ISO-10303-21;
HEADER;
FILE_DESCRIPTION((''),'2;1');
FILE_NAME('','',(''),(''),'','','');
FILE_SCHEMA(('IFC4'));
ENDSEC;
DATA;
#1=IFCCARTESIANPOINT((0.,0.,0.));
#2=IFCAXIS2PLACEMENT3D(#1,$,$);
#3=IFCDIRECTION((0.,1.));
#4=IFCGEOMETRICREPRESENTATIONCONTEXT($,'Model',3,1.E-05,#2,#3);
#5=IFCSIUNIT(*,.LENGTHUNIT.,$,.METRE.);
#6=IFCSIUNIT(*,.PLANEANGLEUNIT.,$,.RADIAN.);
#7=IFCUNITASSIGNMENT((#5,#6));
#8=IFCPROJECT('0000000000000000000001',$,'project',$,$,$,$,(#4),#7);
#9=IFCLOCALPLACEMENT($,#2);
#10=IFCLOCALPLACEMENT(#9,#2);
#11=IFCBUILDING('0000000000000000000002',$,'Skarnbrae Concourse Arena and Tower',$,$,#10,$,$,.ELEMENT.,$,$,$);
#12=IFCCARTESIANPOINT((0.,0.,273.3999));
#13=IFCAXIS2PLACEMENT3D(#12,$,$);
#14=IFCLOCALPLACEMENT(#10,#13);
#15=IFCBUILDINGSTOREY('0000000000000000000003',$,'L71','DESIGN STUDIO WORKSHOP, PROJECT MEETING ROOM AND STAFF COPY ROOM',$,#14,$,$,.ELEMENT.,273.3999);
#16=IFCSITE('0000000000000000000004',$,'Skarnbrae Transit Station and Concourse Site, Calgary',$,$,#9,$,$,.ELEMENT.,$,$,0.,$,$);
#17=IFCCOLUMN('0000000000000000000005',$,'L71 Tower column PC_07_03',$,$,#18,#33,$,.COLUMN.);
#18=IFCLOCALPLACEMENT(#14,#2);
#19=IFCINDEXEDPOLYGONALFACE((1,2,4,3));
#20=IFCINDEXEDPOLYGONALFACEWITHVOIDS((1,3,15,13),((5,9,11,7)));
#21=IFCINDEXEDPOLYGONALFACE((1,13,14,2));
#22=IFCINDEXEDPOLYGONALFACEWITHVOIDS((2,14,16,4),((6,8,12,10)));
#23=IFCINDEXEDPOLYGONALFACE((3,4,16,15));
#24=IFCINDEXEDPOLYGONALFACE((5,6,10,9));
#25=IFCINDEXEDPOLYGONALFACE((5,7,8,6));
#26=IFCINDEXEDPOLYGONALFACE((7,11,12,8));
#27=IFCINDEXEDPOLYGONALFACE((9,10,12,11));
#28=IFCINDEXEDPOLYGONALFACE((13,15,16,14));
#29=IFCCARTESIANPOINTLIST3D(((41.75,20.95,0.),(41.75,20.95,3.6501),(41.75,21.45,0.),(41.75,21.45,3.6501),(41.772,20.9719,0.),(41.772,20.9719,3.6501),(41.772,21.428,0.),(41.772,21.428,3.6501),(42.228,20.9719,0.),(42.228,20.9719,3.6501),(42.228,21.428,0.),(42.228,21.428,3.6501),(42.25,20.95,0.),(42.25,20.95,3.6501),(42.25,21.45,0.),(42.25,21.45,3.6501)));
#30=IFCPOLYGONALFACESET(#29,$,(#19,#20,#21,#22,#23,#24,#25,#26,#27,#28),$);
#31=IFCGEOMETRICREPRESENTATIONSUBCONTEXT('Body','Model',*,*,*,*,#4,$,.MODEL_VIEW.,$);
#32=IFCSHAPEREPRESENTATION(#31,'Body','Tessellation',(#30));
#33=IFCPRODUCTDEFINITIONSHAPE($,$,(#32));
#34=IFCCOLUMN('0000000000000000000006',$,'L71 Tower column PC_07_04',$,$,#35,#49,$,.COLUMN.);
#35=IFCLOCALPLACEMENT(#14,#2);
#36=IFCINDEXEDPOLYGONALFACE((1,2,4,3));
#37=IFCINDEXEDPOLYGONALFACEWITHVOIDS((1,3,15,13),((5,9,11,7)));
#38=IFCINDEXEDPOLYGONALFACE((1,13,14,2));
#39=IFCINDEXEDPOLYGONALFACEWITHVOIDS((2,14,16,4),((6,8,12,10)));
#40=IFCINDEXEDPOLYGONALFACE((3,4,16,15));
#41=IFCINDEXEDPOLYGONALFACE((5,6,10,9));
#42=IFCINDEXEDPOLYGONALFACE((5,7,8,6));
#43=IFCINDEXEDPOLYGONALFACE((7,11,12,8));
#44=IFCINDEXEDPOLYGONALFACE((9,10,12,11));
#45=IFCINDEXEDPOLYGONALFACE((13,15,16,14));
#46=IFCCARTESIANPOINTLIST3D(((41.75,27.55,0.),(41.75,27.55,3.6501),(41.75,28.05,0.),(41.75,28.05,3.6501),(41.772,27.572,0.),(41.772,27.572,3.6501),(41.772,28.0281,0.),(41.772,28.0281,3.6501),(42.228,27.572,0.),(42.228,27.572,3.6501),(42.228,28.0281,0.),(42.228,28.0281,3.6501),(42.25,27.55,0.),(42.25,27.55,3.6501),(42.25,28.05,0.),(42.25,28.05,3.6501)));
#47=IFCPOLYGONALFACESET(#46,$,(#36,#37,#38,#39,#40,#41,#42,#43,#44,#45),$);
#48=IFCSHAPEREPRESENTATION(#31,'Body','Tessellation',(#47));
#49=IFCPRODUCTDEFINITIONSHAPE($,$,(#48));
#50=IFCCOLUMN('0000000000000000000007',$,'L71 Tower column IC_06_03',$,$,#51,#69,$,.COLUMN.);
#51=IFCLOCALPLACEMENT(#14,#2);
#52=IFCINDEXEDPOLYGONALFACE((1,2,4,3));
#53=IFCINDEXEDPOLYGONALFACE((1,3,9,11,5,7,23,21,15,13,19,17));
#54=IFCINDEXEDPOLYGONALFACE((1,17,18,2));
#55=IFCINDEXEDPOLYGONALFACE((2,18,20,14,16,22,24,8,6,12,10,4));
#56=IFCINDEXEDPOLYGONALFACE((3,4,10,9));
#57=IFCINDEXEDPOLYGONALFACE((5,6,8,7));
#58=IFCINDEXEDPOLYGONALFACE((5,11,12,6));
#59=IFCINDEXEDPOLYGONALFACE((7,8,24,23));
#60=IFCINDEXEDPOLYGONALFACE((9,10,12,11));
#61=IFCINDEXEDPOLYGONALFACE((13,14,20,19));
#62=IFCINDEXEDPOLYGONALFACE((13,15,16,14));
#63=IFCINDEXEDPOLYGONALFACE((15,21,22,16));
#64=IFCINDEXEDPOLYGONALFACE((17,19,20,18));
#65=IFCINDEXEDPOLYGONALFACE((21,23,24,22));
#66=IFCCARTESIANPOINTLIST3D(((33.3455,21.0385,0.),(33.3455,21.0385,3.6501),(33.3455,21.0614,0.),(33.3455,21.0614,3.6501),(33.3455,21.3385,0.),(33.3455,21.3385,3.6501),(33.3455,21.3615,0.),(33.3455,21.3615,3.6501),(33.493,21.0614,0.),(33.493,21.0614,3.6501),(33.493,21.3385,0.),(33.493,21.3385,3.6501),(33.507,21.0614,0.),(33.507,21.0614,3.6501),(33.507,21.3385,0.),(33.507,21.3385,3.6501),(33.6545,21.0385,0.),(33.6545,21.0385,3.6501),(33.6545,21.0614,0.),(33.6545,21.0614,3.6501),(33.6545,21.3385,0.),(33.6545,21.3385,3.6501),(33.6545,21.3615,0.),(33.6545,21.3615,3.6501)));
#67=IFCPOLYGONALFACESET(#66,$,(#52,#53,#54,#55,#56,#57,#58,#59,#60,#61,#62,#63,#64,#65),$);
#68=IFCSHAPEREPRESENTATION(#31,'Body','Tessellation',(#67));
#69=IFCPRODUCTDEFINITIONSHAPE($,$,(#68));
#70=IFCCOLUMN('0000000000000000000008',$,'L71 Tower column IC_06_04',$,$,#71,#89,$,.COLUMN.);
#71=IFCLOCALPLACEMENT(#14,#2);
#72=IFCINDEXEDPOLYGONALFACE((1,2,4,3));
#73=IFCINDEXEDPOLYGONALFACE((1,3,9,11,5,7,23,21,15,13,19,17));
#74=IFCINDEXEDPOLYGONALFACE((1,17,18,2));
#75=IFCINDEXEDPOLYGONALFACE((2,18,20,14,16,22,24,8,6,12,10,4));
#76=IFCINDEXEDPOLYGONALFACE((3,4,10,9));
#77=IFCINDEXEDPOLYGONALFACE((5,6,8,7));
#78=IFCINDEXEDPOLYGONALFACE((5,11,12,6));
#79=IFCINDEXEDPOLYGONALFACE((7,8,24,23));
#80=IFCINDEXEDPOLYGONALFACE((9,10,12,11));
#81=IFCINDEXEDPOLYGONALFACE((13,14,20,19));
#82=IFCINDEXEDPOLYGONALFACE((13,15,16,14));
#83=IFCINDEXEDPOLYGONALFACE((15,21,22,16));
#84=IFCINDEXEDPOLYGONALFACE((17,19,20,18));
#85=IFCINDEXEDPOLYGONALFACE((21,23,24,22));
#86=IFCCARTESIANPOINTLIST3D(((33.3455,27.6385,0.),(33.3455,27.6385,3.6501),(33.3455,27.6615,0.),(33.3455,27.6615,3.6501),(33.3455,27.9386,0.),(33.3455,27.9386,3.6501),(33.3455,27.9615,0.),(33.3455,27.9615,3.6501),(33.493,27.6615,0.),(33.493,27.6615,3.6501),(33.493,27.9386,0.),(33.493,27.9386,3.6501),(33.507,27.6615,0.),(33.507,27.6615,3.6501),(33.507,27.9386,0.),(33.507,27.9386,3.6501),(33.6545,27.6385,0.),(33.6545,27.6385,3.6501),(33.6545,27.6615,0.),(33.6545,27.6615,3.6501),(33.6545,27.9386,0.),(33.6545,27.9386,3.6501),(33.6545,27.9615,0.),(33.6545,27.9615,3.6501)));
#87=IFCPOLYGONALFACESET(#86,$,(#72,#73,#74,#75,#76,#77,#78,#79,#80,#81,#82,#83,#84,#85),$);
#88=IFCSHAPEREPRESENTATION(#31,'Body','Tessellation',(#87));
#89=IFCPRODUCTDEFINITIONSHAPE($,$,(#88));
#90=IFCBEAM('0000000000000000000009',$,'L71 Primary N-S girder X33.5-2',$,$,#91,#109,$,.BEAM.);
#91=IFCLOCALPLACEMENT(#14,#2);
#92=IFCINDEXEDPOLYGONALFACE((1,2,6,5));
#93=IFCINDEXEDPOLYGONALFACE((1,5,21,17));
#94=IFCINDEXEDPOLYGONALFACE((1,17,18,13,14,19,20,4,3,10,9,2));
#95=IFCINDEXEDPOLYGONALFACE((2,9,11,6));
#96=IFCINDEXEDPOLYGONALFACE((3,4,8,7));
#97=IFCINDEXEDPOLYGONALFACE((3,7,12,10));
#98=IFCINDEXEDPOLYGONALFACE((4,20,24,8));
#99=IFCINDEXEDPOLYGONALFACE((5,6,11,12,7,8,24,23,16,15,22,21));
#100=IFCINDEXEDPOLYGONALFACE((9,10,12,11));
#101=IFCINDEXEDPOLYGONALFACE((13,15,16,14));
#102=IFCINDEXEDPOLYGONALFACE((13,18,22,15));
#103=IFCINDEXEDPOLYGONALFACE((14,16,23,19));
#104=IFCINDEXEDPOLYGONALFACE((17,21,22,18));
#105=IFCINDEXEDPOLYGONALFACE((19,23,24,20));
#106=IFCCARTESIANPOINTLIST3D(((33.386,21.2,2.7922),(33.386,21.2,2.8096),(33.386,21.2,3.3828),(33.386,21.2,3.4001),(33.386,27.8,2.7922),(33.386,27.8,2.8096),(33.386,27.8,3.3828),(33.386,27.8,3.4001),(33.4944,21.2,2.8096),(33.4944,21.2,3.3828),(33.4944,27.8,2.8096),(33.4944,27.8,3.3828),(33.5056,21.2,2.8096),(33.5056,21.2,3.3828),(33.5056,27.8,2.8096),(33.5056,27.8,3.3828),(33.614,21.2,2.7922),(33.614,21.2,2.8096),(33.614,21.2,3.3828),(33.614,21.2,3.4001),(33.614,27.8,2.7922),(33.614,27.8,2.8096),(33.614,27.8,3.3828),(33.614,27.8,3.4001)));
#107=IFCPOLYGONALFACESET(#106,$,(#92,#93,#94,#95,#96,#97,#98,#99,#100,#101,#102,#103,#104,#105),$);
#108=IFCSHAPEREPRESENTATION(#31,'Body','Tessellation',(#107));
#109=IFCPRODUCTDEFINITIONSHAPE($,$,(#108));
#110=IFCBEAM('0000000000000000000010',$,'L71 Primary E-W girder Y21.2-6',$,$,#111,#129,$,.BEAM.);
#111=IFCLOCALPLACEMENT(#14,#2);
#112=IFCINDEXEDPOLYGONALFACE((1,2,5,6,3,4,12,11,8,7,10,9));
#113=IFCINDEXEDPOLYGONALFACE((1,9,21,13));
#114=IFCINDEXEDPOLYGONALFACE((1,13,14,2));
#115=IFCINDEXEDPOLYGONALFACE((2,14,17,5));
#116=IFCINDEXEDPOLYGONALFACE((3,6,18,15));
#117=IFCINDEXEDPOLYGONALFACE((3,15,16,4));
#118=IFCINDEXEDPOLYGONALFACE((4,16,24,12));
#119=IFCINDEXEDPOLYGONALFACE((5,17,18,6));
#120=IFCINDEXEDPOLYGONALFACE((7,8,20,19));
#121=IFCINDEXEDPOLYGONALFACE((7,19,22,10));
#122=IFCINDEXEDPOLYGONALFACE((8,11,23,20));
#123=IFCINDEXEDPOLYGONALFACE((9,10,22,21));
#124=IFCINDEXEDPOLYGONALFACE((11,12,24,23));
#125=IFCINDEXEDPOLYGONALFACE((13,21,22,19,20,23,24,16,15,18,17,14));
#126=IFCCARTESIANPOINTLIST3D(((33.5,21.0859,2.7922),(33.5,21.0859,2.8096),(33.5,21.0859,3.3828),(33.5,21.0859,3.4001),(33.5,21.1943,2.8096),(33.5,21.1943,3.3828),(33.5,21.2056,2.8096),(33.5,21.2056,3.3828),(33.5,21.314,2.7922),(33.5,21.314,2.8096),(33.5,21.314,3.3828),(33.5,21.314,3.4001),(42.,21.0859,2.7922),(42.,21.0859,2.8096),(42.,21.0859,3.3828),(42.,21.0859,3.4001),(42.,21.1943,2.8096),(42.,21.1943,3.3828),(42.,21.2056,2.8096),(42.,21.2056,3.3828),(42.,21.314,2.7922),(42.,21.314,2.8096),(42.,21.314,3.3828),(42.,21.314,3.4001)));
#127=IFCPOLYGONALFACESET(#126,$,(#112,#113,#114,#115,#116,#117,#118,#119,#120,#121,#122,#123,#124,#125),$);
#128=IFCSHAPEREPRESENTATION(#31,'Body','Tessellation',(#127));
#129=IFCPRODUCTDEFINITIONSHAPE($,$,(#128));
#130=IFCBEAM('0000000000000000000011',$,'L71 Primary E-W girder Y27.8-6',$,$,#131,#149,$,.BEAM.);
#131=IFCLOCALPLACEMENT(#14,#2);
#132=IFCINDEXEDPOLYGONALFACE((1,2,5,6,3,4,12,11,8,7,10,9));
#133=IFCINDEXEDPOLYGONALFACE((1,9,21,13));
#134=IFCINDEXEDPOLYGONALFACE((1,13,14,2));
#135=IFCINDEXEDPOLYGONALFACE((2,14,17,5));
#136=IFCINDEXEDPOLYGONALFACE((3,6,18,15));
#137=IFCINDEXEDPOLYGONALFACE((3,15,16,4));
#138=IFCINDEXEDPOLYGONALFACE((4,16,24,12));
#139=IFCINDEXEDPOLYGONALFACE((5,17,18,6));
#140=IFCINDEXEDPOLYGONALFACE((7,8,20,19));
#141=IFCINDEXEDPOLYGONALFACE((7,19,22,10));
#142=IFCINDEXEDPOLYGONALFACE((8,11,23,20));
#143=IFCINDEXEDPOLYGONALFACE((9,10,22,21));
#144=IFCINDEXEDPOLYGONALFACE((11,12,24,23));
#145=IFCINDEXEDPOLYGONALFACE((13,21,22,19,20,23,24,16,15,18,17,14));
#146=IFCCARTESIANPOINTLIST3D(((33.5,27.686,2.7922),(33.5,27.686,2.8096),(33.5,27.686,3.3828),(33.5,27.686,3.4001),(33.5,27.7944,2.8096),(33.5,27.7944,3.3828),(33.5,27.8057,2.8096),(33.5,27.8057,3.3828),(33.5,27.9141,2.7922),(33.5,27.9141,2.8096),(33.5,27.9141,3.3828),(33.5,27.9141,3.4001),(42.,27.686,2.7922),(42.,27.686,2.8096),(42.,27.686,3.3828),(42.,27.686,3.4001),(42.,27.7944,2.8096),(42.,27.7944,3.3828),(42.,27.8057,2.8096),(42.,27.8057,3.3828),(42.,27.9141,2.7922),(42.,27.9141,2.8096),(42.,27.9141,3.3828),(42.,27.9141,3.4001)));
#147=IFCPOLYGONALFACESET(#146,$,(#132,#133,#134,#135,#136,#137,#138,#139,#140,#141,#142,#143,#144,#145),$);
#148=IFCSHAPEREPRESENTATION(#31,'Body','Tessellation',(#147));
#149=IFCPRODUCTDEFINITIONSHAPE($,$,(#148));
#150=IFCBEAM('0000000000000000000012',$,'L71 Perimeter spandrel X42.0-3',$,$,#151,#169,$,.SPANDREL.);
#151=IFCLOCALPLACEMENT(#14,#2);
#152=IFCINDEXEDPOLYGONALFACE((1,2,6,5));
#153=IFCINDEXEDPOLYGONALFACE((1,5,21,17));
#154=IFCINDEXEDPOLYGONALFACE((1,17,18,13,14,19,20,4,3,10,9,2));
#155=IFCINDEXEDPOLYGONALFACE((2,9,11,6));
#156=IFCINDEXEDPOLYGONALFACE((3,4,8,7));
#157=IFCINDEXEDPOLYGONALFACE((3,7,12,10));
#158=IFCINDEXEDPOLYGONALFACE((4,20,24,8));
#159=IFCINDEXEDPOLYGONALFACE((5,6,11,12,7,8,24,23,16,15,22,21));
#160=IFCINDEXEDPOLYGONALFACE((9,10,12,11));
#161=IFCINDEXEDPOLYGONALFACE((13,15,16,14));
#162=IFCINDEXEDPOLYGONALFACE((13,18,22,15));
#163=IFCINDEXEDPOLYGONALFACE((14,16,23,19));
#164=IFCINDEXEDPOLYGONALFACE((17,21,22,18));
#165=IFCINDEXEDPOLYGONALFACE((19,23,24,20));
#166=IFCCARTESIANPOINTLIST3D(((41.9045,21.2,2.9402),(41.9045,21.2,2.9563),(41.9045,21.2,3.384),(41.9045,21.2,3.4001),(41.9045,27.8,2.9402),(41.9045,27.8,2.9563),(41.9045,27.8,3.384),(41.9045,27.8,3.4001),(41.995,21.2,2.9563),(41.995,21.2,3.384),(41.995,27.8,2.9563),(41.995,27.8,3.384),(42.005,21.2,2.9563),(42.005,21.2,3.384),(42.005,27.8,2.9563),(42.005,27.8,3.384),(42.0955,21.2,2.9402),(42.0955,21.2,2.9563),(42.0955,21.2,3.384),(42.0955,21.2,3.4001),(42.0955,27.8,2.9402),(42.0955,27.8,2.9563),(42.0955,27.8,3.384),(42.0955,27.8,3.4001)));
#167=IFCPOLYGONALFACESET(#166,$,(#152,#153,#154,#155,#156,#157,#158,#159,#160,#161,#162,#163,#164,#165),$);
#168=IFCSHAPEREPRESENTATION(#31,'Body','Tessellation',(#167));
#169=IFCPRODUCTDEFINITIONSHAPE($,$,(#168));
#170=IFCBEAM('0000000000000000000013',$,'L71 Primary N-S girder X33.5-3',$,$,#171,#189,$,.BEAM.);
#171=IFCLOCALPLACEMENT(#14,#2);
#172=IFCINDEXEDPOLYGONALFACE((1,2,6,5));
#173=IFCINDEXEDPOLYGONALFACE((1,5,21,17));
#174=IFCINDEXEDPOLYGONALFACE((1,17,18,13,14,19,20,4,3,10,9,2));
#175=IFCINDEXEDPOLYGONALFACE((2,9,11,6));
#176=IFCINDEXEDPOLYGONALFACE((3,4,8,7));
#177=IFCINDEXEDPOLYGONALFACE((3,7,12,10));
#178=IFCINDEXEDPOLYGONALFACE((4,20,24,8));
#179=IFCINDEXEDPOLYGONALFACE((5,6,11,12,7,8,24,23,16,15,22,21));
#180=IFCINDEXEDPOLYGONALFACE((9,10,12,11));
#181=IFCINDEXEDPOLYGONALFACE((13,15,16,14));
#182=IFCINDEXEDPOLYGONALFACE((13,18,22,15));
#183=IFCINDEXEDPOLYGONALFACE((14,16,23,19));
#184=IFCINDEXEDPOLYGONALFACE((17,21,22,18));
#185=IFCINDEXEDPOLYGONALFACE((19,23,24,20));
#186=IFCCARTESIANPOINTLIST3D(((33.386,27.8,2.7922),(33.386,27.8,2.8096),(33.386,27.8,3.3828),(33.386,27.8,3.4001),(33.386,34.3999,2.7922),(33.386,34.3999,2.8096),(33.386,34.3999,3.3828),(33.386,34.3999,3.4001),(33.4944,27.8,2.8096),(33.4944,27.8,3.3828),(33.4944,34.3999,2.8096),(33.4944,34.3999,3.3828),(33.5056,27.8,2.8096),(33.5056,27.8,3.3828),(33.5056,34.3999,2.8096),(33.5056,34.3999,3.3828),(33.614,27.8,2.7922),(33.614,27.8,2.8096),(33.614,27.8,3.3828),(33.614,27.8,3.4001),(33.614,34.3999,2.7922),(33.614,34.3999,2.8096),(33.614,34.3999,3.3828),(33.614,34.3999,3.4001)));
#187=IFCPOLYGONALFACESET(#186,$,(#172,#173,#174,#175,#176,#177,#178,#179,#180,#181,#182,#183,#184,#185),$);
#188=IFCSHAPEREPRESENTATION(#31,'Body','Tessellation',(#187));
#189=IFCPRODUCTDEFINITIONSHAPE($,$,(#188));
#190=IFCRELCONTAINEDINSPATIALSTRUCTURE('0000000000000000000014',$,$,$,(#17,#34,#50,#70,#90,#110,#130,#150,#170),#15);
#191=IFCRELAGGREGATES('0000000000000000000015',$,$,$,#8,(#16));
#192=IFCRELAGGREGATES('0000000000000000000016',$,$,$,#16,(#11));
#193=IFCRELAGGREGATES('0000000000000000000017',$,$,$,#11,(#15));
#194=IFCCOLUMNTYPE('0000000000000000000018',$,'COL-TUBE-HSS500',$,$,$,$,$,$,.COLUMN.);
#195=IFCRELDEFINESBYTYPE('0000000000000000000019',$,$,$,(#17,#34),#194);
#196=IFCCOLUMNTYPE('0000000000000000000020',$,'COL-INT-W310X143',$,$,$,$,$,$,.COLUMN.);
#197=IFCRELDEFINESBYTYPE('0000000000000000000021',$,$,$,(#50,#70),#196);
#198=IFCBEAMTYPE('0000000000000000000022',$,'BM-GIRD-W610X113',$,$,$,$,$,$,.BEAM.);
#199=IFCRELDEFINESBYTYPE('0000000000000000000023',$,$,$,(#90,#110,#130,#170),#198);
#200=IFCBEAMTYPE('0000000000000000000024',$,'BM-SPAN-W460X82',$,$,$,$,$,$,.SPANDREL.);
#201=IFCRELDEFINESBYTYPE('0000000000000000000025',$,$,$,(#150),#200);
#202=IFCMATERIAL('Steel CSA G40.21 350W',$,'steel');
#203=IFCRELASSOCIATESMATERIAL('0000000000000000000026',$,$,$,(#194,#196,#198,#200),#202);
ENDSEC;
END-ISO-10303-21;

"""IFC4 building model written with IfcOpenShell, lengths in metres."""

from ifc_helpers import new_model, si_unit, direction, frame, origin, origin_2d, place, context, subcontext, project, spatial, hollow_rectangle, i_section, extrude, source, transform, mapped, material, material_profile, profile_set, type_object, element, save


model = new_model("IFC4")

# Units and contexts
model_context = context("Model", 3, precision=1e-05, world=origin(), true_north=direction((0.0, 1.0)))
body_context = subcontext(model_context, "Body", "Model", "MODEL_VIEW")
ifc_project = project(units=[si_unit("LENGTHUNIT", "METRE"), si_unit("PLANEANGLEUNIT", "RADIAN")], contexts=[model_context])

# Site, building, storey
site_placement = place(None, origin())
site = spatial("IfcSite", under=ifc_project, at=site_placement, Name="Skarnbrae Transit Station and Concourse Site, Calgary", CompositionType="ELEMENT", RefElevation=0.0)
building_placement = place(site_placement, origin())
building = spatial("IfcBuilding", under=site, at=building_placement, Name="Skarnbrae Concourse Arena and Tower", CompositionType="ELEMENT")
storey_placement = place(building_placement, frame((0.0, 0.0, 273.3999)))
storey = spatial("IfcBuildingStorey", under=building, at=storey_placement, Name="L71", Description="DESIGN STUDIO WORKSHOP, PROJECT MEETING ROOM AND STAFF COPY ROOM", CompositionType="ELEMENT", Elevation=273.3999)

# Columns
ifc_material_1 = material(Name="Steel CSA G40.21 350W", Category="steel")
ifc_material_profile_1 = material_profile(ifc_material_1, hollow_rectangle(XDim=0.5, YDim=0.5, WallThickness=0.022, at=origin_2d()), Name="HSS500X500X22.0")
ifc_profile_set_1 = profile_set([ifc_material_profile_1], Name="Steel CSA G40.21 350W")
column_type_1 = type_object("IfcColumnType", Name="COL-TUBE-HSS500", PredefinedType="COLUMN", material=ifc_profile_set_1)
shared_shape_1 = source(origin(), body_context, "Body", "SweptSolid", [
    extrude(hollow_rectangle(XDim=0.5, YDim=0.5, WallThickness=0.022, at=origin_2d()), origin(), (0.0, 0.0, 1.0), 3.6501),
])
for number, where, z_axis, x_axis, name in (
    (1, (42.0, 21.2, 0.0), (0.0, 0.0, 1.0), (1.0, 0.0, 0.0), "L71 Tower column PC_07_03"),
    (2, (42.0, 27.8, 0.0), (0.0, 0.0, 1.0), (1.0, 0.0, 0.0), "L71 Tower column PC_07_04"),
):
    element("IfcColumn", number, at=place(storey_placement, frame(where, z_axis=z_axis, x_axis=x_axis)), inside=storey, type_object=column_type_1, Name=name, PredefinedType="COLUMN", context=body_context, shape_type="MappedRepresentation", body=[
        mapped(shared_shape_1, transform((0.0, 0.0, 0.0))),
    ])
ifc_material_profile_2 = material_profile(ifc_material_1, i_section(OverallWidth=0.3091, OverallDepth=0.323, WebThickness=0.0139, FlangeThickness=0.0229, at=origin_2d()), Name="W310X143")
ifc_profile_set_2 = profile_set([ifc_material_profile_2], Name="Steel CSA G40.21 350W")
column_type_2 = type_object("IfcColumnType", Name="COL-INT-W310X143", PredefinedType="COLUMN", material=ifc_profile_set_2)
shared_shape_2 = source(origin(), body_context, "Body", "SweptSolid", [
    extrude(i_section(OverallWidth=0.3091, OverallDepth=0.323, WebThickness=0.0139, FlangeThickness=0.0229, at=origin_2d()), origin(), (0.0, 0.0, 1.0), 3.6501),
])
for number, where, z_axis, x_axis, name in (
    (3, (33.5, 21.2, 0.0), (0.0, 0.0, 1.0), (1.0, 0.0, 0.0), "L71 Tower column IC_06_03"),
    (4, (33.5, 27.8, 0.0), (0.0, 0.0, 1.0), (1.0, 0.0, 0.0), "L71 Tower column IC_06_04"),
):
    element("IfcColumn", number, at=place(storey_placement, frame(where, z_axis=z_axis, x_axis=x_axis)), inside=storey, type_object=column_type_2, Name=name, PredefinedType="COLUMN", context=body_context, shape_type="MappedRepresentation", body=[
        mapped(shared_shape_2, transform((0.0, 0.0, 0.0))),
    ])

# Beams
ifc_material_profile_3 = material_profile(ifc_material_1, i_section(OverallWidth=0.228, OverallDepth=0.6079, WebThickness=0.0112, FlangeThickness=0.0173, at=origin_2d()), Name="W610X113")
ifc_profile_set_3 = profile_set([ifc_material_profile_3], Name="Steel CSA G40.21 350W")
beam_type_1 = type_object("IfcBeamType", Name="BM-GIRD-W610X113", PredefinedType="BEAM", material=ifc_profile_set_3)
shared_shape_3 = source(origin(), body_context, "Body", "SweptSolid", [
    extrude(i_section(OverallWidth=0.228, OverallDepth=0.6079, WebThickness=0.0112, FlangeThickness=0.0173, at=origin_2d()), origin(), (0.0, 0.0, 1.0), 6.6001),
])
beam_1_placement = place(storey_placement, frame((33.5, 21.2, 3.0962), z_axis=(0.0, 1.0, 0.0), x_axis=(-1.0, 0.0, 0.0)))
element("IfcBeam", 5, at=beam_1_placement, inside=storey, type_object=beam_type_1, Name="L71 Primary N-S girder X33.5-2", PredefinedType="BEAM", context=body_context, shape_type="MappedRepresentation", body=[
    mapped(shared_shape_3, transform((0.0, 0.0, 0.0))),
])
shared_shape_4 = source(origin(), body_context, "Body", "SweptSolid", [
    extrude(i_section(OverallWidth=0.228, OverallDepth=0.6079, WebThickness=0.0112, FlangeThickness=0.0173, at=origin_2d()), origin(), (0.0, 0.0, 1.0), 8.5),
])
for number, where, z_axis, x_axis, name in (
    (6, (33.5, 21.2, 3.0962), (1.0, 0.0, 0.0), (0.0, 1.0, 0.0), "L71 Primary E-W girder Y21.2-6"),
    (7, (33.5, 27.8, 3.0962), (1.0, 0.0, 0.0), (0.0, 1.0, 0.0), "L71 Primary E-W girder Y27.8-6"),
):
    element("IfcBeam", number, at=place(storey_placement, frame(where, z_axis=z_axis, x_axis=x_axis)), inside=storey, type_object=beam_type_1, Name=name, PredefinedType="BEAM", context=body_context, shape_type="MappedRepresentation", body=[
        mapped(shared_shape_4, transform((0.0, 0.0, 0.0))),
    ])
ifc_material_profile_4 = material_profile(ifc_material_1, i_section(OverallWidth=0.1909, OverallDepth=0.46, WebThickness=0.01, FlangeThickness=0.0161, at=origin_2d()), Name="W460X82")
ifc_profile_set_4 = profile_set([ifc_material_profile_4], Name="Steel CSA G40.21 350W")
beam_type_2 = type_object("IfcBeamType", Name="BM-SPAN-W460X82", PredefinedType="SPANDREL", material=ifc_profile_set_4)
shared_shape_5 = source(origin(), body_context, "Body", "SweptSolid", [
    extrude(i_section(OverallWidth=0.1909, OverallDepth=0.46, WebThickness=0.01, FlangeThickness=0.0161, at=origin_2d()), origin(), (0.0, 0.0, 1.0), 6.6001),
])
beam_2_placement = place(storey_placement, frame((42.0, 21.2, 3.1702), z_axis=(0.0, 1.0, 0.0), x_axis=(-1.0, 0.0, 0.0)))
element("IfcBeam", 8, at=beam_2_placement, inside=storey, type_object=beam_type_2, Name="L71 Perimeter spandrel X42.0-3", PredefinedType="SPANDREL", context=body_context, shape_type="MappedRepresentation", body=[
    mapped(shared_shape_5, transform((0.0, 0.0, 0.0))),
])
shared_shape_6 = source(origin(), body_context, "Body", "SweptSolid", [
    extrude(i_section(OverallWidth=0.228, OverallDepth=0.6079, WebThickness=0.0112, FlangeThickness=0.0173, at=origin_2d()), origin(), (0.0, 0.0, 1.0), 6.5999),
])
beam_3_placement = place(storey_placement, frame((33.5, 27.8, 3.0962), z_axis=(0.0, 1.0, 0.0), x_axis=(-1.0, 0.0, 0.0)))
element("IfcBeam", 9, at=beam_3_placement, inside=storey, type_object=beam_type_1, Name="L71 Primary N-S girder X33.5-3", PredefinedType="BEAM", context=body_context, shape_type="MappedRepresentation", body=[
    mapped(shared_shape_6, transform((0.0, 0.0, 0.0))),
])

save(model, "model.ifc")
